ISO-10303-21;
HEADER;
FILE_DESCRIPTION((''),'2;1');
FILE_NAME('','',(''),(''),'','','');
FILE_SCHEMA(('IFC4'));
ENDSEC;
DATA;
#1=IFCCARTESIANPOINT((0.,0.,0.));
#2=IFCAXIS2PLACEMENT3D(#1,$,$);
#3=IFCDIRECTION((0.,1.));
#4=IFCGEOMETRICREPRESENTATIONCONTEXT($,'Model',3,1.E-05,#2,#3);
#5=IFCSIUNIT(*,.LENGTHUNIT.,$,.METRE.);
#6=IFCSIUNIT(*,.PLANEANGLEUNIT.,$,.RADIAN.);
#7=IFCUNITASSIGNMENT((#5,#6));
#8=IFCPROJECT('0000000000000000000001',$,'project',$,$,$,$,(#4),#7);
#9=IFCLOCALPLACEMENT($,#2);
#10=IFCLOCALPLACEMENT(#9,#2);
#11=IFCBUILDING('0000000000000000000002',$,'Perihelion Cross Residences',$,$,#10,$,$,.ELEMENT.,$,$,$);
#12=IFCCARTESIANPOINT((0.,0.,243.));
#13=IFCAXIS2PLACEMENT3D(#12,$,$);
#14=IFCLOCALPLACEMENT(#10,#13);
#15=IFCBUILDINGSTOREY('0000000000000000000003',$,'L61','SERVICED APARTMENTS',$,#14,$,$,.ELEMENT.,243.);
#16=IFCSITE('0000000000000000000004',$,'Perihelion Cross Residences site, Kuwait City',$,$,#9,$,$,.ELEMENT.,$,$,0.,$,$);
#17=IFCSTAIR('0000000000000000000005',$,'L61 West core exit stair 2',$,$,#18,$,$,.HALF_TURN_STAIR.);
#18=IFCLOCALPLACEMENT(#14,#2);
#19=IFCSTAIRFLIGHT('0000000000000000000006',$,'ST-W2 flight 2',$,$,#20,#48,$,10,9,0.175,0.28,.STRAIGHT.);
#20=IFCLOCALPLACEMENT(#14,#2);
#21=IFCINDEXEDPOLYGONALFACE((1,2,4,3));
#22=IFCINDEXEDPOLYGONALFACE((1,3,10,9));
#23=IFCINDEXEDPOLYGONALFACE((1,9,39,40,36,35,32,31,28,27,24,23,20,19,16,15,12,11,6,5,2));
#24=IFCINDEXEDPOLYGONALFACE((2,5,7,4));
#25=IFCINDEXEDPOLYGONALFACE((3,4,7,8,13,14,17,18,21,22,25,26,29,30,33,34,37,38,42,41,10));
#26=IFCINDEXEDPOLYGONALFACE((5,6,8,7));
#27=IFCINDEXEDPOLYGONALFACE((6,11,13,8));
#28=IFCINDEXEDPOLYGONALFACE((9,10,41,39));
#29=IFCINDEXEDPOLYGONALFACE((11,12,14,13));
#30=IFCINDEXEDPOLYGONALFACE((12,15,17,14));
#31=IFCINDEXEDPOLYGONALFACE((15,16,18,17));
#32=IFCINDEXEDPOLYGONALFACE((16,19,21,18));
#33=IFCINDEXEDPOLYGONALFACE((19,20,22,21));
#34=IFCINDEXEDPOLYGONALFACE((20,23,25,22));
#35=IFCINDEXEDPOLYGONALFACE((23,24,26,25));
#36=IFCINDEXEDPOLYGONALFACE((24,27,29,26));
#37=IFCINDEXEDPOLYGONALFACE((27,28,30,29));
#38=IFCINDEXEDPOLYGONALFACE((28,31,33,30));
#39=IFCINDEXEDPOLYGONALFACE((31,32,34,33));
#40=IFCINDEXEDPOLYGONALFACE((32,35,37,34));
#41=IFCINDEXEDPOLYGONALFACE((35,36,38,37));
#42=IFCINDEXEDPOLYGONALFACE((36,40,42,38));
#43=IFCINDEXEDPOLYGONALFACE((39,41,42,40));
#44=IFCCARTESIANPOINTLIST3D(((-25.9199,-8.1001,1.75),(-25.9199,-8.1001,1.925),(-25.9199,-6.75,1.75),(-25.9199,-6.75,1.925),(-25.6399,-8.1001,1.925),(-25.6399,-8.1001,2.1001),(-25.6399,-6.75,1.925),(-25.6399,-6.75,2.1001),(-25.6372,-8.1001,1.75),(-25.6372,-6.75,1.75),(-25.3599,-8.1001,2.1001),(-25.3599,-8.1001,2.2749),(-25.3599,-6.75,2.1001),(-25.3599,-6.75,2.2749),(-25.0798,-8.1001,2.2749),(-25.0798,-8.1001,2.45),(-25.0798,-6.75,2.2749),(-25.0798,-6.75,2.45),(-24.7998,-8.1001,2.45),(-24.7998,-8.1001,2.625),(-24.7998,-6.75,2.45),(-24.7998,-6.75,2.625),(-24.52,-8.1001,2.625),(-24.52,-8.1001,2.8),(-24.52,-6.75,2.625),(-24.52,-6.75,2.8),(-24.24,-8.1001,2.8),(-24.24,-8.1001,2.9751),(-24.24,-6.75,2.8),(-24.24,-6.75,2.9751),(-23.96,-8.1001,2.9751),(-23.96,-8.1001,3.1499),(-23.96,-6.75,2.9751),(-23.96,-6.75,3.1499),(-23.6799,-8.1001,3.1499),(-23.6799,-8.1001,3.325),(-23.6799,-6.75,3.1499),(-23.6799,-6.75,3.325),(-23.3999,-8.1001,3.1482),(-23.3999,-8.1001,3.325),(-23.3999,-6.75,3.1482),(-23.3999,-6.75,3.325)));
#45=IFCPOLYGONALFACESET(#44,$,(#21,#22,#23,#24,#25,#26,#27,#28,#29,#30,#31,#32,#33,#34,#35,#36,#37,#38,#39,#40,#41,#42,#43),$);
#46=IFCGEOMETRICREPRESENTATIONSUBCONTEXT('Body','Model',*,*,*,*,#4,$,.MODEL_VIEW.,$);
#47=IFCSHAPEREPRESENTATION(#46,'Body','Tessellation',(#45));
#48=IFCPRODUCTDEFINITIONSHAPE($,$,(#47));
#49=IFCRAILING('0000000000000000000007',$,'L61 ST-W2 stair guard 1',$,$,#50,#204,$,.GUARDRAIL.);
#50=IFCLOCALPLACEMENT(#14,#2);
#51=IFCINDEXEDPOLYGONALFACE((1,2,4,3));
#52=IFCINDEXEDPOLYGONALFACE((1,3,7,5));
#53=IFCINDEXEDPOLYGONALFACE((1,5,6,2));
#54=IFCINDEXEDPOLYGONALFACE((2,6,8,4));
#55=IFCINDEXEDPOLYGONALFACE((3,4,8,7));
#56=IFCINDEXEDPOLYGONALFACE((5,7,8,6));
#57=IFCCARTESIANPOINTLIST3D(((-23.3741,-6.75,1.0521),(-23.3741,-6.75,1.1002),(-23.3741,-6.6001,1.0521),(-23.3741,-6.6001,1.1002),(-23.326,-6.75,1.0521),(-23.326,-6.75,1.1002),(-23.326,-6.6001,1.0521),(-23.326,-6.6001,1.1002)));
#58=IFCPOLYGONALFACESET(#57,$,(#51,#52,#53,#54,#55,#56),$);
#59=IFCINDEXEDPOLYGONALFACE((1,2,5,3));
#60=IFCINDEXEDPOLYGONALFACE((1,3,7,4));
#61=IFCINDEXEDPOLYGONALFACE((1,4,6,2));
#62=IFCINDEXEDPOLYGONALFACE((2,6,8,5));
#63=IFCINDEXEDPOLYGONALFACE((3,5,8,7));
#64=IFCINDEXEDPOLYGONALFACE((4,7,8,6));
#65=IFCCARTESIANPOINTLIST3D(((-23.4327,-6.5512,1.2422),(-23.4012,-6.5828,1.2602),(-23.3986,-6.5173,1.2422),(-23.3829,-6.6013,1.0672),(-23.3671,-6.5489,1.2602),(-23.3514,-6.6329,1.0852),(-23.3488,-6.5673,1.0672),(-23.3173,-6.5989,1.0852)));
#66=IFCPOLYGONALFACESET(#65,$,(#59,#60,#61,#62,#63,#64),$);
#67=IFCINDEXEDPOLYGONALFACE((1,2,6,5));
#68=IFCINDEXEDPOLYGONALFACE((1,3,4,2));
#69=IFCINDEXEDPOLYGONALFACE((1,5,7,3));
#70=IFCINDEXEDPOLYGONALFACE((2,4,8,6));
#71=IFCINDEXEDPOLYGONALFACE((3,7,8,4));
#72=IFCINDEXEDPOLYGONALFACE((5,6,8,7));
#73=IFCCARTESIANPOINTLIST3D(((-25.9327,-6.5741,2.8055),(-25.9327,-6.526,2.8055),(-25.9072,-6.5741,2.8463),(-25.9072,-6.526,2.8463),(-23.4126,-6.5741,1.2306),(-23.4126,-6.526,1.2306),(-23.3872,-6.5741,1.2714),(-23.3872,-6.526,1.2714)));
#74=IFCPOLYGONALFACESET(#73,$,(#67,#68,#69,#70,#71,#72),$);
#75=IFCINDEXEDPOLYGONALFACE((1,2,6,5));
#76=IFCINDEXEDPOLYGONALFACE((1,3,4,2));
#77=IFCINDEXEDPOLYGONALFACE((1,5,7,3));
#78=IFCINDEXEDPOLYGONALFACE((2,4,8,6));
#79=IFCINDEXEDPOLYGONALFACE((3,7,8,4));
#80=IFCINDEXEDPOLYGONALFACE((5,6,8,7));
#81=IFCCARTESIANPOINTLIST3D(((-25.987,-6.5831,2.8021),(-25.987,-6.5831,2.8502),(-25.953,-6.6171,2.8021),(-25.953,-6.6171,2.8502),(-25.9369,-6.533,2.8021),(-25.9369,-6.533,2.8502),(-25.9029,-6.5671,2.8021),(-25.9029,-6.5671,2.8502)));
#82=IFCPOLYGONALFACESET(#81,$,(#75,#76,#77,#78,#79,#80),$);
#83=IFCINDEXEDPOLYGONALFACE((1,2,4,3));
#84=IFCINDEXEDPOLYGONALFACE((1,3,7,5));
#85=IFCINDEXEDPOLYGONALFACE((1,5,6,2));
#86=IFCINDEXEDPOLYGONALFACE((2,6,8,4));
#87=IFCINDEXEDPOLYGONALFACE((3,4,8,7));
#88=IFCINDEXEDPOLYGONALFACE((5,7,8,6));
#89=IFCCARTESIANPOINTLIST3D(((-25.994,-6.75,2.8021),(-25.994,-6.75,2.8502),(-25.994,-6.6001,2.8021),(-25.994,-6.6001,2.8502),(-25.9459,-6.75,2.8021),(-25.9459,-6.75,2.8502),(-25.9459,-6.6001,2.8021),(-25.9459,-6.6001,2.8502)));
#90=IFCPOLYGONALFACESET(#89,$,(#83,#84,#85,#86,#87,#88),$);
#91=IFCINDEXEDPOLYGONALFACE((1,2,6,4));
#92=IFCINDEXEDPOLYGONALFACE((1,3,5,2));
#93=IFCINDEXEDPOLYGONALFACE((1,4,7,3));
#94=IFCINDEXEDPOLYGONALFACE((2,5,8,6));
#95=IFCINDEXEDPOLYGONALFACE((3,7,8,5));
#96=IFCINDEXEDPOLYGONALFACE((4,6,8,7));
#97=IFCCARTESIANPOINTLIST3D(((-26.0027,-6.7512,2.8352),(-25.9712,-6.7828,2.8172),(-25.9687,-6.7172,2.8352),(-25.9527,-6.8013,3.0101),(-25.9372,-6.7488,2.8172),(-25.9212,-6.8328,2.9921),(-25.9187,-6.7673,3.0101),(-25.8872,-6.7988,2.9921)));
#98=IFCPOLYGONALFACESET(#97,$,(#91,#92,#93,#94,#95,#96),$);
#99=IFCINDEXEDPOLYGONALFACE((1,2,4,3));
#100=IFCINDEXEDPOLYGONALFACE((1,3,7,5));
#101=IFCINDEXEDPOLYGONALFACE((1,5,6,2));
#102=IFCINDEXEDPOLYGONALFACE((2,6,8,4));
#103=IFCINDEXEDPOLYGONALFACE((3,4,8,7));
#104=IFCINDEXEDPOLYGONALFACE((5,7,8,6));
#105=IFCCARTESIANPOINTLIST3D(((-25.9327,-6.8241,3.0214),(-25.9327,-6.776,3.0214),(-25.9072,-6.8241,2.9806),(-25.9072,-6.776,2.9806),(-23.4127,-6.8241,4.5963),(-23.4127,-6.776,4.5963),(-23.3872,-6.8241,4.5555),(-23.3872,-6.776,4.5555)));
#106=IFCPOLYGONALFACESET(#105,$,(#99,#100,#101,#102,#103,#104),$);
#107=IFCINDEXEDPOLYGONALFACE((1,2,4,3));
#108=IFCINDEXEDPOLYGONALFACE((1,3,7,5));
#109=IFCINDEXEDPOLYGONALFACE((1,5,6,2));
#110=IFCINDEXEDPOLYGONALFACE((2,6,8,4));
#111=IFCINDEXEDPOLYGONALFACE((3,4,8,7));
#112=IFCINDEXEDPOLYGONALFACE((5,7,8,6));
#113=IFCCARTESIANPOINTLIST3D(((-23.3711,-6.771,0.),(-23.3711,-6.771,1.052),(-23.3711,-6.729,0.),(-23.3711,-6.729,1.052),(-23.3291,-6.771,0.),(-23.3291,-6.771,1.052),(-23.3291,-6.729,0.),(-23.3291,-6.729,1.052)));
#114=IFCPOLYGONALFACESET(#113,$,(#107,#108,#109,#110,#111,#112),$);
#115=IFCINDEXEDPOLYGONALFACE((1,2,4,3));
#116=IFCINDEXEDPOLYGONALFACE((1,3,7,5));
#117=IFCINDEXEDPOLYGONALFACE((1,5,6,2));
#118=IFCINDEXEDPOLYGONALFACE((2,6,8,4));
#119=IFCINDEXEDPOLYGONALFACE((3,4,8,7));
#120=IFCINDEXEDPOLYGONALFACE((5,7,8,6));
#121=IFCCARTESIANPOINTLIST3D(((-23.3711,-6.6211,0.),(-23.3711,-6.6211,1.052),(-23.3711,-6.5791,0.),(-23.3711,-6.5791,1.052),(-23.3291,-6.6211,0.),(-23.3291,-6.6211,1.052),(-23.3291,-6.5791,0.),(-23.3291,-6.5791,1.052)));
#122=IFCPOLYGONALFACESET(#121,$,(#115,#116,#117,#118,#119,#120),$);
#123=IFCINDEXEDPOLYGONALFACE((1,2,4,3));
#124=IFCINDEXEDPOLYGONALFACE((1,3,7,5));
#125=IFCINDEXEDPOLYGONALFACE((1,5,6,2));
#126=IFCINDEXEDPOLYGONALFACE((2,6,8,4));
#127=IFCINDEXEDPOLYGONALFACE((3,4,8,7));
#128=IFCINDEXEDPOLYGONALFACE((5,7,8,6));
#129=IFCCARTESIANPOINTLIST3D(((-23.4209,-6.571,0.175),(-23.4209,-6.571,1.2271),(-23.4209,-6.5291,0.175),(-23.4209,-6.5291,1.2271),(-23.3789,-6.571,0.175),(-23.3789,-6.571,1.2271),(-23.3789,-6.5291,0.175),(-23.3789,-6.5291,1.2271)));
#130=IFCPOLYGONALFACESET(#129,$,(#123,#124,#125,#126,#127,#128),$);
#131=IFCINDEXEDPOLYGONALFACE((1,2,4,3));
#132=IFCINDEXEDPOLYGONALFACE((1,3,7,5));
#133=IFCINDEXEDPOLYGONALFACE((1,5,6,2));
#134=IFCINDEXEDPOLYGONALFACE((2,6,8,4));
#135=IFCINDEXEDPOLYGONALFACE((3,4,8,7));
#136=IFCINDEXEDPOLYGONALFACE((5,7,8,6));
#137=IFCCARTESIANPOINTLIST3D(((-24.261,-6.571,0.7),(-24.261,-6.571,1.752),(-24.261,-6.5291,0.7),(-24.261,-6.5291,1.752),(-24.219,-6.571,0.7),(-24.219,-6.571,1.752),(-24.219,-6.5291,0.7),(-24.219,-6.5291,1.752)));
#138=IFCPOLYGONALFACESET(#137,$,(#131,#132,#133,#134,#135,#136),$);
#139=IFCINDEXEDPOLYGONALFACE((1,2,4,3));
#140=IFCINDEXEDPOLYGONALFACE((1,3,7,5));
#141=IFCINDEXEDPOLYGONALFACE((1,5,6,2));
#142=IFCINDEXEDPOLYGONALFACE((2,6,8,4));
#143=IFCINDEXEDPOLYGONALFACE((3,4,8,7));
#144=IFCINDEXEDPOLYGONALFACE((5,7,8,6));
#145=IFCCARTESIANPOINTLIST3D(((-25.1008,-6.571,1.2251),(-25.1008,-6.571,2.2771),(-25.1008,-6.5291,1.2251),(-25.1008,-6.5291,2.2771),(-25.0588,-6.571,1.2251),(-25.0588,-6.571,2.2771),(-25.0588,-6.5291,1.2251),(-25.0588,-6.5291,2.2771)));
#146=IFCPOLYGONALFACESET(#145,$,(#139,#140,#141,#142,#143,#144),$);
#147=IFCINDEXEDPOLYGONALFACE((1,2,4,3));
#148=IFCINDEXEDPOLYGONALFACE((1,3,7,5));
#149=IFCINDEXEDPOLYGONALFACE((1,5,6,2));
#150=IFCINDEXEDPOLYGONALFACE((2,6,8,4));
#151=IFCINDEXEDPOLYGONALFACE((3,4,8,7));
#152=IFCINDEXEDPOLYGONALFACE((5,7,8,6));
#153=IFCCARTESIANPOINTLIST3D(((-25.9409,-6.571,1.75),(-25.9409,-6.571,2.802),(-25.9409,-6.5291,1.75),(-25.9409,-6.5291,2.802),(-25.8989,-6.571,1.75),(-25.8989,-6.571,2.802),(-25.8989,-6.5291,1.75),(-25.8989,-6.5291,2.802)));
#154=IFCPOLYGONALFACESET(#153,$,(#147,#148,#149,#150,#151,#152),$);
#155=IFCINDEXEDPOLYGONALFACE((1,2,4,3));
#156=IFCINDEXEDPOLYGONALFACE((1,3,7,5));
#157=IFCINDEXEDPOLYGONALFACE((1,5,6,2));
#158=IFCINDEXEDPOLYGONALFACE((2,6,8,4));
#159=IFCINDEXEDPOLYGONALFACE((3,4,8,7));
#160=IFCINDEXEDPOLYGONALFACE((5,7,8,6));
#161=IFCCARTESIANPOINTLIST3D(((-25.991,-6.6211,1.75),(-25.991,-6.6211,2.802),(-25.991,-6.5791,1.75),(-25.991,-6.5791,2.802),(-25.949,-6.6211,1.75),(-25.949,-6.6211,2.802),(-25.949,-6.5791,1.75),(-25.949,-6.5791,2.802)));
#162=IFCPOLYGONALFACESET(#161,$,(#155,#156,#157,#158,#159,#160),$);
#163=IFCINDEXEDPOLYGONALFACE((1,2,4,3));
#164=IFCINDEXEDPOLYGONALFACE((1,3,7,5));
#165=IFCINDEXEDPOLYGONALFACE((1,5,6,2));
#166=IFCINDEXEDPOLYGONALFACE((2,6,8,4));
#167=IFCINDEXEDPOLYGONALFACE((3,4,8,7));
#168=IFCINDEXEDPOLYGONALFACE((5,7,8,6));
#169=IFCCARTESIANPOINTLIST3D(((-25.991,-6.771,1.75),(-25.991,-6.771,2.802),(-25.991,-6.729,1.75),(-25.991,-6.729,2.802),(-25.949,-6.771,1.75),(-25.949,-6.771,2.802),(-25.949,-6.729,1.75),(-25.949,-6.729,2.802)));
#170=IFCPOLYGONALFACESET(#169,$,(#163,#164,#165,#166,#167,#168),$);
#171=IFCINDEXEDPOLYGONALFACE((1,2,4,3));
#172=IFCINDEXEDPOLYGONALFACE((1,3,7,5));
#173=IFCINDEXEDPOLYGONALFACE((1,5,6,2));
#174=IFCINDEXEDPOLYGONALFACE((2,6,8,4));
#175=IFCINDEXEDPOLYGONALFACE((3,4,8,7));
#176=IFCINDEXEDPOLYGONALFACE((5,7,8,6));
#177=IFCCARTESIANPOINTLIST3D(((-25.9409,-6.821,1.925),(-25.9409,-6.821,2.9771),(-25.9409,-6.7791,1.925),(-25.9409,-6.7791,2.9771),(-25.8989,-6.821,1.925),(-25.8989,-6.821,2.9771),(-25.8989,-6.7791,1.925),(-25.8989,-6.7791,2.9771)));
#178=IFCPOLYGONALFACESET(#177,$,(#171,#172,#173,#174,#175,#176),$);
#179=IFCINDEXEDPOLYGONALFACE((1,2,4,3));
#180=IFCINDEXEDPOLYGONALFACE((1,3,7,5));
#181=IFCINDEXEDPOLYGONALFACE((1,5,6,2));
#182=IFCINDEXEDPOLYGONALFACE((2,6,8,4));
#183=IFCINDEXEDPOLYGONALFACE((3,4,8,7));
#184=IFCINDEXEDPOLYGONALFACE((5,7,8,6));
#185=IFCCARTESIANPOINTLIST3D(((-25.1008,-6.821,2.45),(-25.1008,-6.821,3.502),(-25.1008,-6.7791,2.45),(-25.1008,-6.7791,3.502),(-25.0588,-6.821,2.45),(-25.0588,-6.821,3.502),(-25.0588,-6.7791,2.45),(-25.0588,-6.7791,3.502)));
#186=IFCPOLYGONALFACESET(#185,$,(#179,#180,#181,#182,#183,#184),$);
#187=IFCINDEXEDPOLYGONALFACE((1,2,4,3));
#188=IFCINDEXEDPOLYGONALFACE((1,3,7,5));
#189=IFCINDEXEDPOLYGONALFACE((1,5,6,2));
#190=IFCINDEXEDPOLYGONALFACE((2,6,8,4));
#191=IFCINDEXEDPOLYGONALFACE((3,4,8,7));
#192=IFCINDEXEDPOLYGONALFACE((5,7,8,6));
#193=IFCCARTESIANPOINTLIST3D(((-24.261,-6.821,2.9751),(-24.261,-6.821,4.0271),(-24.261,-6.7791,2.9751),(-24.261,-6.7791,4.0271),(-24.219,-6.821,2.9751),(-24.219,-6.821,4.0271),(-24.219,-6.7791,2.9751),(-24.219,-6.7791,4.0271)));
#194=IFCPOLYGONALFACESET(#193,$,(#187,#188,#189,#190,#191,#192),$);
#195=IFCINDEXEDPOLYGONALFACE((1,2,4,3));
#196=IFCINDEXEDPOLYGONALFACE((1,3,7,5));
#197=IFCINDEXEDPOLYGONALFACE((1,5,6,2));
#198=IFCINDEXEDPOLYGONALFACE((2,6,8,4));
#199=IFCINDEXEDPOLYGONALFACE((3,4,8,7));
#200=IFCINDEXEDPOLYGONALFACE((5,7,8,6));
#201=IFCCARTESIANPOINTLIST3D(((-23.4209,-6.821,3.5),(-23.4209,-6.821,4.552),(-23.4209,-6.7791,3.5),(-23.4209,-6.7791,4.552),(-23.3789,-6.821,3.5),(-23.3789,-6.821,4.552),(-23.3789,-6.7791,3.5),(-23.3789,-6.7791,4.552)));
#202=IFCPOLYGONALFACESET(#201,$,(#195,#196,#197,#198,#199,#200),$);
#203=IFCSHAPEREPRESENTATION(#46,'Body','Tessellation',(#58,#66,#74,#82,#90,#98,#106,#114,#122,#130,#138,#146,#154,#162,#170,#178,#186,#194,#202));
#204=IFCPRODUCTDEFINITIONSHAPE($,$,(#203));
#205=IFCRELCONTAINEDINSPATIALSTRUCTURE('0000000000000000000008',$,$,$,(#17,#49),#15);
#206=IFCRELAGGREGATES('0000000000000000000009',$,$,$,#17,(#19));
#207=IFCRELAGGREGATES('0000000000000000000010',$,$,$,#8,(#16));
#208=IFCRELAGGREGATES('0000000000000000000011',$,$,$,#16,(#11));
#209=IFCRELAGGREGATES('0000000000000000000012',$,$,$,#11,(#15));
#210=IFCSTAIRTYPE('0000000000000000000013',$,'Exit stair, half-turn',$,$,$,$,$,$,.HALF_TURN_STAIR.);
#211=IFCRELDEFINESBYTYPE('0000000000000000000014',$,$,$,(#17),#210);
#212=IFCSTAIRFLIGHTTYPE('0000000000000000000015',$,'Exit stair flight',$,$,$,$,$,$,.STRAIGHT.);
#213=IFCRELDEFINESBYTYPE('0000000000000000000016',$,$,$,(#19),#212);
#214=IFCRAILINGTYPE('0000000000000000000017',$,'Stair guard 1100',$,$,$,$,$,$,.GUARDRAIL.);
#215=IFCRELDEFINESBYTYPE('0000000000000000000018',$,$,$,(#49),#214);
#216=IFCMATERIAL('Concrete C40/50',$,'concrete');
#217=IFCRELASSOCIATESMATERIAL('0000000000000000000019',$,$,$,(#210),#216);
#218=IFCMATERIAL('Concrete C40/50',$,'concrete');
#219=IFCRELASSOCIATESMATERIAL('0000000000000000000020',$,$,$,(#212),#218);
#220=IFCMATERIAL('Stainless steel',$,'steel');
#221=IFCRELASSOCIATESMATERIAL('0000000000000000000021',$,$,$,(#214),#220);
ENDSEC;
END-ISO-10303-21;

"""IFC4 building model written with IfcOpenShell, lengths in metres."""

from ifc_helpers import new_model, si_unit, direction, frame, origin, origin_2d, place, context, subcontext, project, spatial, polyline, rectangle, outline, extrude, material, type_object, element, aggregate, save


model = new_model("IFC4")

# Units and contexts
model_context = context("Model", 3, precision=1e-05, world=origin(), true_north=direction((0.0, 1.0)))
body_context = subcontext(model_context, "Body", "Model", "MODEL_VIEW")
ifc_project = project(units=[si_unit("LENGTHUNIT", "METRE"), si_unit("PLANEANGLEUNIT", "RADIAN")], contexts=[model_context])

# Site, building, storey
site_placement = place(None, origin())
site = spatial("IfcSite", under=ifc_project, at=site_placement, Name="Perihelion Cross Residences site, Kuwait City", CompositionType="ELEMENT", RefElevation=0.0)
building_placement = place(site_placement, origin())
building = spatial("IfcBuilding", under=site, at=building_placement, Name="Perihelion Cross Residences", CompositionType="ELEMENT")
storey_placement = place(building_placement, frame((0.0, 0.0, 243.0)))
storey = spatial("IfcBuildingStorey", under=building, at=storey_placement, Name="L61", Description="SERVICED APARTMENTS", CompositionType="ELEMENT", Elevation=243.0)

# Stair, stair flight
ifc_material_1 = material(Name="Concrete C40/50", Category="concrete")
stair_type = type_object("IfcStairType", Name="Exit stair, half-turn", PredefinedType="HALF_TURN_STAIR", material=ifc_material_1)
stair_placement = place(storey_placement, origin())
stair = element("IfcStair", 1, at=stair_placement, inside=storey, type_object=stair_type, Name="L61 West core exit stair 2", PredefinedType="HALF_TURN_STAIR")
ifc_material_2 = material(Name="Concrete C40/50", Category="concrete")
stair_flight_type = type_object("IfcStairFlightType", Name="Exit stair flight", PredefinedType="STRAIGHT", material=ifc_material_2)
stair_flight_1_placement = place(storey_placement, frame((-25.9199, -7.425, 1.75), z_axis=(0.0, 0.0, 1.0), x_axis=(1.0, 0.0, 0.0)))
stair_flight_1 = element("IfcStairFlight", 2, at=stair_flight_1_placement, type_object=stair_flight_type, Name="ST-W2 flight 2", NumberOfRisers=10, NumberOfTreads=9, PredefinedType="STRAIGHT", RiserHeight=0.175, TreadLength=0.28, context=body_context, shape_type="SweptSolid", body=[
    extrude(outline(polyline([(0.0, 0.0), (0.0, 0.175), (0.28, 0.175), (0.28, 0.3501), (0.5601, 0.3501), (0.5601, 0.5249), (0.8401, 0.5249), (0.8401, 0.7), (1.1201, 0.7), (1.1201, 0.875), (1.3999, 0.875), (1.3999, 1.05), (1.6799, 1.05), (1.6799, 1.2251), (1.96, 1.2251), (1.96, 1.3999), (2.24, 1.3999), (2.24, 1.575), (2.52, 1.575), (2.52, 1.75), (2.52, 1.3982), (0.2827, 0.0), (0.0, 0.0)])), frame((0.0, 0.675, 0.0), z_axis=(0.0, -1.0, 0.0), x_axis=(1.0, 0.0, 0.0)), (0.0, 0.0, 1.0), 1.3501),
])
aggregate(stair, [stair_flight_1])

# Railing
ifc_material_3 = material(Name="Stainless steel", Category="steel")
railing_type_1 = type_object("IfcRailingType", Name="Stair guard 1100", PredefinedType="GUARDRAIL", material=ifc_material_3)
railing_1_placement = place(storey_placement, frame((-23.3501, -6.75, 0.0)))
element("IfcRailing", 3, at=railing_1_placement, inside=storey, type_object=railing_type_1, Name="L61 ST-W2 stair guard 1", PredefinedType="GUARDRAIL", context=body_context, shape_type="SweptSolid", body=[
    extrude(rectangle(XDim=0.0481, YDim=0.0481, at=origin_2d()), frame((0.0, 0.0, 1.0762), z_axis=(0.0, 1.0, 0.0), x_axis=(-1.0, 0.0, 0.0)), (0.0, 0.0, 1.0), 0.1499),
    extrude(rectangle(XDim=0.0481, YDim=0.0481, at=origin_2d()), frame((0.0, 0.1499, 1.0762), z_axis=(-0.263862, 0.265156, 0.927399), x_axis=(-0.708834, -0.705376, 0.0)), (0.0, 0.0, 1.0), 0.1887),
    extrude(rectangle(XDim=0.0481, YDim=0.0481, at=origin_2d()), frame((-0.0498, 0.2, 1.251), z_axis=(-0.848008, 0.0, 0.529984), x_axis=(0.0, -1.0, 0.0)), (0.0, 0.0, 1.0), 2.9717),
    extrude(rectangle(XDim=0.0481, YDim=0.0481, at=origin_2d()), frame((-2.5698, 0.2, 2.8262), z_axis=(-0.707107, -0.707107, 0.0), x_axis=(0.707107, -0.707107, 0.0)), (0.0, 0.0, 1.0), 0.0708),
    extrude(rectangle(XDim=0.0481, YDim=0.0481, at=origin_2d()), frame((-2.6199, 0.1499, 2.8262), z_axis=(0.0, -1.0, 0.0), x_axis=(1.0, 0.0, 0.0)), (0.0, 0.0, 1.0), 0.1499),
    extrude(rectangle(XDim=0.0481, YDim=0.0481, at=origin_2d()), frame((-2.6199, 0.0, 2.8262), z_axis=(0.265065, -0.265065, 0.927082), x_axis=(0.707107, 0.707107, 0.0)), (0.0, 0.0, 1.0), 0.1887),
    extrude(rectangle(XDim=0.0481, YDim=0.0481, at=origin_2d()), frame((-2.5698, -0.05, 3.001), z_axis=(0.848008, 0.0, 0.529984), x_axis=(0.0, 1.0, 0.0)), (0.0, 0.0, 1.0), 2.9717),
    extrude(rectangle(XDim=0.042, YDim=0.042, at=origin_2d()), origin(), (0.0, 0.0, 1.0), 1.052),
    extrude(rectangle(XDim=0.042, YDim=0.042, at=origin_2d()), frame((0.0, 0.1499, 0.0)), (0.0, 0.0, 1.0), 1.052),
    extrude(rectangle(XDim=0.042, YDim=0.042, at=origin_2d()), frame((-0.0498, 0.2, 0.175)), (0.0, 0.0, 1.0), 1.052),
    extrude(rectangle(XDim=0.042, YDim=0.042, at=origin_2d()), frame((-0.8899, 0.2, 0.7)), (0.0, 0.0, 1.0), 1.052),
    extrude(rectangle(XDim=0.042, YDim=0.042, at=origin_2d()), frame((-1.7297, 0.2, 1.2251)), (0.0, 0.0, 1.0), 1.052),
    extrude(rectangle(XDim=0.042, YDim=0.042, at=origin_2d()), frame((-2.5698, 0.2, 1.75)), (0.0, 0.0, 1.0), 1.052),
    extrude(rectangle(XDim=0.042, YDim=0.042, at=origin_2d()), frame((-2.6199, 0.1499, 1.75)), (0.0, 0.0, 1.0), 1.052),
    extrude(rectangle(XDim=0.042, YDim=0.042, at=origin_2d()), frame((-2.6199, 0.0, 1.75)), (0.0, 0.0, 1.0), 1.052),
    extrude(rectangle(XDim=0.042, YDim=0.042, at=origin_2d()), frame((-2.5698, -0.05, 1.925)), (0.0, 0.0, 1.0), 1.052),
    extrude(rectangle(XDim=0.042, YDim=0.042, at=origin_2d()), frame((-1.7297, -0.05, 2.45)), (0.0, 0.0, 1.0), 1.052),
    extrude(rectangle(XDim=0.042, YDim=0.042, at=origin_2d()), frame((-0.8899, -0.05, 2.9751)), (0.0, 0.0, 1.0), 1.052),
    extrude(rectangle(XDim=0.042, YDim=0.042, at=origin_2d()), frame((-0.0498, -0.05, 3.5)), (0.0, 0.0, 1.0), 1.052),
])

save(model, "model.ifc")
